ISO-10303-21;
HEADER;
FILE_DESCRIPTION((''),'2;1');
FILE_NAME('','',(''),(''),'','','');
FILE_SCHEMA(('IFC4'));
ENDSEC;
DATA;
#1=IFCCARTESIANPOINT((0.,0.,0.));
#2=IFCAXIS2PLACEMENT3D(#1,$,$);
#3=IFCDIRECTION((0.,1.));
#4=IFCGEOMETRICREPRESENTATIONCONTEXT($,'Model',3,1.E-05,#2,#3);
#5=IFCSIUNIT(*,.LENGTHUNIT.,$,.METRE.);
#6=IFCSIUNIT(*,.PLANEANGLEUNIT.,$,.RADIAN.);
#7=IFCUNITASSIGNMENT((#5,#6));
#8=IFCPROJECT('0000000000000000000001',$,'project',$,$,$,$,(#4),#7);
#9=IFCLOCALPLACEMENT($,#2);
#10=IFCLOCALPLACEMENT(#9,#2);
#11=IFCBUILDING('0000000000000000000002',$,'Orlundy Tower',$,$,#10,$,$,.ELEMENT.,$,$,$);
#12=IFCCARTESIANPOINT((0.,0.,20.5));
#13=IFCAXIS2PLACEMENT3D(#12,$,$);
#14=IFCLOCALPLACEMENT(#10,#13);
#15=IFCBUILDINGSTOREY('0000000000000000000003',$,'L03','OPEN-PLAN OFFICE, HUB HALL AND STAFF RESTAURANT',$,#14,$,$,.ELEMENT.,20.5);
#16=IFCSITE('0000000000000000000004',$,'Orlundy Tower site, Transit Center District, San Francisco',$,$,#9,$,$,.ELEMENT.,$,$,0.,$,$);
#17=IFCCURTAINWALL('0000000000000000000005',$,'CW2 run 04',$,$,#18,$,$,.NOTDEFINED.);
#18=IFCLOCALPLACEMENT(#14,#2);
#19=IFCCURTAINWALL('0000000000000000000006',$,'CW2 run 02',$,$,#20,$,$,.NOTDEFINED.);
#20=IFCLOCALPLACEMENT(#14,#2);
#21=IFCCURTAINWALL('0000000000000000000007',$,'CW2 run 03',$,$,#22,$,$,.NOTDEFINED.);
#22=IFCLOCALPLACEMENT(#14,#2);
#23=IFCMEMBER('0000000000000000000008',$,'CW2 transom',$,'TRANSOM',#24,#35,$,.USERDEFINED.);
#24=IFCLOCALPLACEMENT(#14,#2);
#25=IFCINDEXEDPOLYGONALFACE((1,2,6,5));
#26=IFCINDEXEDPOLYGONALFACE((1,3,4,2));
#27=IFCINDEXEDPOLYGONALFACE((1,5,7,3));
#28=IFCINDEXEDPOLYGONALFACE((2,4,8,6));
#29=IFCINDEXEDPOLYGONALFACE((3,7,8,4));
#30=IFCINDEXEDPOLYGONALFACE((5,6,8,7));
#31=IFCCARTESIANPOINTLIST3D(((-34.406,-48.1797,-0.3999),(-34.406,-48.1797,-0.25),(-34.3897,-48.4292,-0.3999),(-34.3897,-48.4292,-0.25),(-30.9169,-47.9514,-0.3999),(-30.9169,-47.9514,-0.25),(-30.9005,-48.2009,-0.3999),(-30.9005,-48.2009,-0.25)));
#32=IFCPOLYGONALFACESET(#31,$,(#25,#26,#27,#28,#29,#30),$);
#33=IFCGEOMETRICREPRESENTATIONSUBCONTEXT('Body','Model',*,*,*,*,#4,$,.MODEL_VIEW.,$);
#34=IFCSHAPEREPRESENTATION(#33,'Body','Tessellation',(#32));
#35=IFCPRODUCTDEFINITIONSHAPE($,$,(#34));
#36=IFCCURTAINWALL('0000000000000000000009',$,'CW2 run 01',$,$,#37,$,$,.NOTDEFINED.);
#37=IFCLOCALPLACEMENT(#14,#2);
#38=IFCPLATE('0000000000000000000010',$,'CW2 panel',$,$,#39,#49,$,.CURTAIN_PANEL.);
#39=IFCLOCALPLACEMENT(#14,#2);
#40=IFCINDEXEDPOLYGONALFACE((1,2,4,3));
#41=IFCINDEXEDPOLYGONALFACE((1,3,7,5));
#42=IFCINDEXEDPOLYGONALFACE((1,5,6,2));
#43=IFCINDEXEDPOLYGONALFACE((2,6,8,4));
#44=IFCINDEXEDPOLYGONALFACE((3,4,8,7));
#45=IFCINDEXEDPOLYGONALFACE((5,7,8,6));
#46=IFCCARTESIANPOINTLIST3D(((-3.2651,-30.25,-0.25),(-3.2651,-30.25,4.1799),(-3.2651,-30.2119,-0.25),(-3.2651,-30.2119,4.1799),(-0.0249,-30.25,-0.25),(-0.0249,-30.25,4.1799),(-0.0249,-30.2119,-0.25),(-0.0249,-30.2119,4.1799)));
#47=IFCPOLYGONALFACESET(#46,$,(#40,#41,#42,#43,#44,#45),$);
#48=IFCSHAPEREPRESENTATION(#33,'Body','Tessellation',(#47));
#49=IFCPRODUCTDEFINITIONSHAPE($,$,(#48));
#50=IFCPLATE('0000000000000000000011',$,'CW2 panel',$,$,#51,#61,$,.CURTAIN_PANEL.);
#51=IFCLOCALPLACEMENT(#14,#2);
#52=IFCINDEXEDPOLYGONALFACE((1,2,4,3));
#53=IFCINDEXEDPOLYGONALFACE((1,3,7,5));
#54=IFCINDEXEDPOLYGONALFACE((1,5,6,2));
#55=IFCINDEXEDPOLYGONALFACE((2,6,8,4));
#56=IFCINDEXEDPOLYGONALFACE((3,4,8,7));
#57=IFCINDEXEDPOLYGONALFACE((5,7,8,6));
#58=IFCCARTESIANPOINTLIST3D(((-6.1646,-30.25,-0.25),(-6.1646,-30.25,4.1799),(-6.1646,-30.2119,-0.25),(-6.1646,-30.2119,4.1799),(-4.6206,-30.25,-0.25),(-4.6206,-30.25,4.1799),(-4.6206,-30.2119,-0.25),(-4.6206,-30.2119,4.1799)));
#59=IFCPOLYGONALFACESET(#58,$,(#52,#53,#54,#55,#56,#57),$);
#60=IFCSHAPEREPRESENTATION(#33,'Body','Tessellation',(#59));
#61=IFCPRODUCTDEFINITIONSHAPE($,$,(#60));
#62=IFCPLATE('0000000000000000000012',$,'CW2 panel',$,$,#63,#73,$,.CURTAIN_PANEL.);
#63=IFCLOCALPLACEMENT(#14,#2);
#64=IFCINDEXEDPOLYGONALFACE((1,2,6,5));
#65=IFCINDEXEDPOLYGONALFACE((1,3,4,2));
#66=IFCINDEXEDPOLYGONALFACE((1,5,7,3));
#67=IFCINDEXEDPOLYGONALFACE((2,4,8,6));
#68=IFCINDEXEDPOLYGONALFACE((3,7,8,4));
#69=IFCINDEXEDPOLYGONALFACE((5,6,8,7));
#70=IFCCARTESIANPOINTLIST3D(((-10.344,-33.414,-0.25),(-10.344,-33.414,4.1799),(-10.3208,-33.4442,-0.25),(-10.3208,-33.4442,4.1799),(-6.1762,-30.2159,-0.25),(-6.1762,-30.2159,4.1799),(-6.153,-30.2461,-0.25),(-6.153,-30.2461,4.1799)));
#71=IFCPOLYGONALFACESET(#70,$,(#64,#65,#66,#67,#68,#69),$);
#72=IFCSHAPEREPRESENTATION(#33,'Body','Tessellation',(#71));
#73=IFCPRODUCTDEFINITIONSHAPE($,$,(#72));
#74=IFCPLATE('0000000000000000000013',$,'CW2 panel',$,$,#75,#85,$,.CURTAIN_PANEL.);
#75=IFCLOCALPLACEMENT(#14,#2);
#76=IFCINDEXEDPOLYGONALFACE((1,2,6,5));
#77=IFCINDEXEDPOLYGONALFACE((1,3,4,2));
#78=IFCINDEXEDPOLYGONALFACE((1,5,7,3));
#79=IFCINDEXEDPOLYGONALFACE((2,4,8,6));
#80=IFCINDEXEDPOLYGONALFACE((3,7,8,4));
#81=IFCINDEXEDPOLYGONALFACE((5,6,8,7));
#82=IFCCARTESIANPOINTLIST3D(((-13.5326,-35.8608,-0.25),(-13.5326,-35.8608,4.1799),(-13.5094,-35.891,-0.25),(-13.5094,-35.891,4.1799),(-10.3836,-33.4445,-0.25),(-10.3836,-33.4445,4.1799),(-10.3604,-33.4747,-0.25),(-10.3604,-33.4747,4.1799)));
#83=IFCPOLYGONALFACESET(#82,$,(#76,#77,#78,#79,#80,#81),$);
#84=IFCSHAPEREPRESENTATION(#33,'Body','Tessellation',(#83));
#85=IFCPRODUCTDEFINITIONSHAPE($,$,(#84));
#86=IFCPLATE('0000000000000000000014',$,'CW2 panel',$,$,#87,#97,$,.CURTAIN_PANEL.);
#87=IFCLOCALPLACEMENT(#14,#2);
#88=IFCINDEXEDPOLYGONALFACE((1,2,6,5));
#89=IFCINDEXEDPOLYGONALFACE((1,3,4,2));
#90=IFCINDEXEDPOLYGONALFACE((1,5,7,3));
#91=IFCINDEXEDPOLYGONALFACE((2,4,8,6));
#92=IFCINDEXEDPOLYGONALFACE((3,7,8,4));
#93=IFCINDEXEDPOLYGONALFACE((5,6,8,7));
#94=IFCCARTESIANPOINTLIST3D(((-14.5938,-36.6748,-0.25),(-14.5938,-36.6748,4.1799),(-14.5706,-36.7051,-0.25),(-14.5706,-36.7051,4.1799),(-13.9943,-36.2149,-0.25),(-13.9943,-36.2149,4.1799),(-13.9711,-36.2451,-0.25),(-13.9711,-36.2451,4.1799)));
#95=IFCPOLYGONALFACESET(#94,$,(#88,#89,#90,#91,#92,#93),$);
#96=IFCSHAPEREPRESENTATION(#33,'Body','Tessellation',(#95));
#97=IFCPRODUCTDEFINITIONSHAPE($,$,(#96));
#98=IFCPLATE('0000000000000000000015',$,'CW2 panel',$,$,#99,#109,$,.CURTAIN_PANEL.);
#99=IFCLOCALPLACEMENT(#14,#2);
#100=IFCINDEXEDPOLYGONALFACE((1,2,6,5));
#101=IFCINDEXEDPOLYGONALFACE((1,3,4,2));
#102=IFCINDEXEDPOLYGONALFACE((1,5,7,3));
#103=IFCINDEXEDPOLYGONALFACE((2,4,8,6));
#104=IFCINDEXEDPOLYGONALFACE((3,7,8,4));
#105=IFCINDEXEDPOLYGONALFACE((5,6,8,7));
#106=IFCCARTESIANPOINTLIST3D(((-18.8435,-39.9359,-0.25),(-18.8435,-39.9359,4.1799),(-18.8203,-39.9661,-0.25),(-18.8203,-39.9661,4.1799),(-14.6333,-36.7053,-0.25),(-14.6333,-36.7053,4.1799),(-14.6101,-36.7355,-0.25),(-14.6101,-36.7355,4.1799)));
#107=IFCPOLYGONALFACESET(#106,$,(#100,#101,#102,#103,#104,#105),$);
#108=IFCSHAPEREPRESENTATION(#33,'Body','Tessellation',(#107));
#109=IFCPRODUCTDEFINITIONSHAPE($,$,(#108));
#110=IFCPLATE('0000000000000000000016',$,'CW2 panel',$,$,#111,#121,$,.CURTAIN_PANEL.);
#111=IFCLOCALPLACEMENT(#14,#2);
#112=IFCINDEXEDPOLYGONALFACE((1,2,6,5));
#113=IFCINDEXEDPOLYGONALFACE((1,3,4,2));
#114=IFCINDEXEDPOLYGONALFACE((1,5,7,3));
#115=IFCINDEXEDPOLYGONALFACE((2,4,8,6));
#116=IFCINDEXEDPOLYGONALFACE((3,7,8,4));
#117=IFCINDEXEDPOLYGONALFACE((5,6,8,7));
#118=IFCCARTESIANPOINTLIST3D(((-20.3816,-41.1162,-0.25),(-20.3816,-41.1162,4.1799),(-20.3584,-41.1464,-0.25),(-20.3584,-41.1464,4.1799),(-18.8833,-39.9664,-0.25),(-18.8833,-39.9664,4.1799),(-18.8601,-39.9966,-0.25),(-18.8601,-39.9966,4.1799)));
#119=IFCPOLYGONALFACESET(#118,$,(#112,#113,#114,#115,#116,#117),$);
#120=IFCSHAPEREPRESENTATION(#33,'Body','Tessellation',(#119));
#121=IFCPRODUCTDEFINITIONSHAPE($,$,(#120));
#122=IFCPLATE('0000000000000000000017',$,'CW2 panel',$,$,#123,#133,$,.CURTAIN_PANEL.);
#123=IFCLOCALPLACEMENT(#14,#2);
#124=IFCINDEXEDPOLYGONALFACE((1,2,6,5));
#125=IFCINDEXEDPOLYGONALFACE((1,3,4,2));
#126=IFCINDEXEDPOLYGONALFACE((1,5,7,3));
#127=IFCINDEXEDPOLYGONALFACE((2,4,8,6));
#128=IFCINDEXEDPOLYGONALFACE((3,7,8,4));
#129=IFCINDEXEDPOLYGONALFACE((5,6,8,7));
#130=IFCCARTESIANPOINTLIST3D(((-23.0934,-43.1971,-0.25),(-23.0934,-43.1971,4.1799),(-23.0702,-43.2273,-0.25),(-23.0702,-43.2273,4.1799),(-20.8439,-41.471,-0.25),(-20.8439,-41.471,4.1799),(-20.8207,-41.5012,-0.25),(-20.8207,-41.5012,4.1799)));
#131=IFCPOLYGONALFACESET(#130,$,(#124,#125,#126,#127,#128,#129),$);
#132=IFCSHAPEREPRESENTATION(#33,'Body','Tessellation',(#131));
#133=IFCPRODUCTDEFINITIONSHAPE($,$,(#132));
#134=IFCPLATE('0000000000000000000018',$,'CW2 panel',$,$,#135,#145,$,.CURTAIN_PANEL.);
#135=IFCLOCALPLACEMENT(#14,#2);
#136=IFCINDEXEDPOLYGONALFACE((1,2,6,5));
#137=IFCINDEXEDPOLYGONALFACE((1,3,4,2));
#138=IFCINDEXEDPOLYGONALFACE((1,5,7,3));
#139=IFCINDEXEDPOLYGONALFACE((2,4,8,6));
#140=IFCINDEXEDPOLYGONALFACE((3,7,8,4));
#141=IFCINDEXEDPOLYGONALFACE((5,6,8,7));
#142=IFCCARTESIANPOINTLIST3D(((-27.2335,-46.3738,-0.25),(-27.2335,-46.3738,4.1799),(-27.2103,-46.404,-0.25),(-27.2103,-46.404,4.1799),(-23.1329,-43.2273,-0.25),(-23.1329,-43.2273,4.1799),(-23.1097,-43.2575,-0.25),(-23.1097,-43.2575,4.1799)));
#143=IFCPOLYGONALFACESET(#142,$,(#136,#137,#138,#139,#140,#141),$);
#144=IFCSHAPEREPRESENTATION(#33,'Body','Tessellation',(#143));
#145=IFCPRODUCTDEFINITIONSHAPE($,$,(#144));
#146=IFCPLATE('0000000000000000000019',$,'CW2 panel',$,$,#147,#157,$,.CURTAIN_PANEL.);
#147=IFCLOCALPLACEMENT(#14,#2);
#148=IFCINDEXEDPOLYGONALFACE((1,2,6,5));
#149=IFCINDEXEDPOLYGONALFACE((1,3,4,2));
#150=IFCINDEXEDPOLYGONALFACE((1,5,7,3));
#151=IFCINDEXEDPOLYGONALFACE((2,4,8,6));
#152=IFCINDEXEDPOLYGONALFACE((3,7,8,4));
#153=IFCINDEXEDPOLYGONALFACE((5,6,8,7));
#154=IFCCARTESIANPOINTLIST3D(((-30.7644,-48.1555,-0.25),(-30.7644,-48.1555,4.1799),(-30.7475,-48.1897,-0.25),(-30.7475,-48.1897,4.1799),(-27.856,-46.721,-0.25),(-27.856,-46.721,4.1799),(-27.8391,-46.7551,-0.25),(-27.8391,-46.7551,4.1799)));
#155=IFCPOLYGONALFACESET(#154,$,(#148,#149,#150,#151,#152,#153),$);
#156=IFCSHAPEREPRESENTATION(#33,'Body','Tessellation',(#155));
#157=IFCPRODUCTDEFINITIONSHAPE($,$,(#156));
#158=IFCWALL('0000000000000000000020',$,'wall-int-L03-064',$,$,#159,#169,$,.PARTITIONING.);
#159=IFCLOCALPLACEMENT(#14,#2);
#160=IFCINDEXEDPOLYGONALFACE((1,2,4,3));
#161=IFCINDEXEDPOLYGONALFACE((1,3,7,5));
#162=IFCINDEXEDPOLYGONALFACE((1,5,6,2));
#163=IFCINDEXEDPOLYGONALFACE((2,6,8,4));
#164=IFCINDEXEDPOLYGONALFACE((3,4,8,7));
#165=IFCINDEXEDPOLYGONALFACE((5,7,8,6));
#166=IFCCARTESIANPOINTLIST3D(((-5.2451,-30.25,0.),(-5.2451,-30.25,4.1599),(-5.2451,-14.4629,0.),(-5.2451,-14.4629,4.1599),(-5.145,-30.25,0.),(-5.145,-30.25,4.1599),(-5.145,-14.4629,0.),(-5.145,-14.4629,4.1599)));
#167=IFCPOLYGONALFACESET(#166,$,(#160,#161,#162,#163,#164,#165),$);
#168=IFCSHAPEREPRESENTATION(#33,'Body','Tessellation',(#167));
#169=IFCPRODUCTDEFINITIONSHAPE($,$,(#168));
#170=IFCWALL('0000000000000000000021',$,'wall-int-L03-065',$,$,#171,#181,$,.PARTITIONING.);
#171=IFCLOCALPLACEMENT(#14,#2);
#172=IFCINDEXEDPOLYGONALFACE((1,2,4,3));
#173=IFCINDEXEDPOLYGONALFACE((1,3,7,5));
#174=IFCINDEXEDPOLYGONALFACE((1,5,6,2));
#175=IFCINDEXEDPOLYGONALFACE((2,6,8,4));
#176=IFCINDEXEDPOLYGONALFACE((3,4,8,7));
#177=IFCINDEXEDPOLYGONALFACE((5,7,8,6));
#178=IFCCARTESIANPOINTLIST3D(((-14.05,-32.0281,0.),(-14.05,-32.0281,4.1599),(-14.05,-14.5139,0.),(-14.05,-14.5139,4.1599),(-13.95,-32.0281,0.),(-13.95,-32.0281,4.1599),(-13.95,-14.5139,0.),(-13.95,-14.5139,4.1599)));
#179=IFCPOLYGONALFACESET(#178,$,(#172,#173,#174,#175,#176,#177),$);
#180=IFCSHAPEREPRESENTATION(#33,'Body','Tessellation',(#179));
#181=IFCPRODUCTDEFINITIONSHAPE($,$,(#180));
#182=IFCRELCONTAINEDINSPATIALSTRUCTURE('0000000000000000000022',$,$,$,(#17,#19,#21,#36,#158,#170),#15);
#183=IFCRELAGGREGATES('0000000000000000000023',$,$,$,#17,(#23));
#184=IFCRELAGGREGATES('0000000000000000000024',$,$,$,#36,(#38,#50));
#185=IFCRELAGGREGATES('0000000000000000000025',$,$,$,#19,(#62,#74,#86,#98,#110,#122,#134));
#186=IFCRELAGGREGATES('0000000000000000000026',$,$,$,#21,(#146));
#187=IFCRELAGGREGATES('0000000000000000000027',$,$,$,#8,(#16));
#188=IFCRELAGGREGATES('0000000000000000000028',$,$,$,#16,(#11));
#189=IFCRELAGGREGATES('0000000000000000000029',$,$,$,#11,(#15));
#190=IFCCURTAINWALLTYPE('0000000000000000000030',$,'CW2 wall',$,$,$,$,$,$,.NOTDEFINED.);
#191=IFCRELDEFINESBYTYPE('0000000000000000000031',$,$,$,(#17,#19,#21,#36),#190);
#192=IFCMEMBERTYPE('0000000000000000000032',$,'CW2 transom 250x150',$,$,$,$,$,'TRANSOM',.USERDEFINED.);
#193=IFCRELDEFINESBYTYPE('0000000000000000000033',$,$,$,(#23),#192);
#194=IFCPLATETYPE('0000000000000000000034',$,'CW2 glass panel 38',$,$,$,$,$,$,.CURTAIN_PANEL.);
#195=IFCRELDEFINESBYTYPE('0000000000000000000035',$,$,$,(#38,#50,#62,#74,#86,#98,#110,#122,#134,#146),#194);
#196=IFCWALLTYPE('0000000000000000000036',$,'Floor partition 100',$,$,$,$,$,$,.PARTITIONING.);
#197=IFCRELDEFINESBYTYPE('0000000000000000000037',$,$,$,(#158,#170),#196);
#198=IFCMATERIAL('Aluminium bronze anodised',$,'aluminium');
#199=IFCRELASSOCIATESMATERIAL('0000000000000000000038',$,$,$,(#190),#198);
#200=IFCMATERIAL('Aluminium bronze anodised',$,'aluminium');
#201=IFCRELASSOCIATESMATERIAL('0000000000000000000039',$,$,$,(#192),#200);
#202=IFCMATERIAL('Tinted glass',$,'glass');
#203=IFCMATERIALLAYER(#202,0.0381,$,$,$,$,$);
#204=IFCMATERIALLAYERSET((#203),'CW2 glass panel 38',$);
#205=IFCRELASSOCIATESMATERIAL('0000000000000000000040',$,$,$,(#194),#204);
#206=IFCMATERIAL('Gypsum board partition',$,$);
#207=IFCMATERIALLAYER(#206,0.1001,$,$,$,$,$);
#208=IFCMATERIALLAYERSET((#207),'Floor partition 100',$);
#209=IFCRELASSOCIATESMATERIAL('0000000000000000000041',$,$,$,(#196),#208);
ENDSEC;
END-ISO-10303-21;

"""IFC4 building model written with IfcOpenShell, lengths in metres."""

from ifc_helpers import new_model, si_unit, direction, frame, frame_2d, origin, origin_2d, place, context, subcontext, project, spatial, rectangle, extrude, material, layer, layer_set, material_profile, profile_set, type_object, element, aggregate, save


model = new_model("IFC4")

# Units and contexts
model_context = context("Model", 3, precision=1e-05, world=origin(), true_north=direction((0.0, 1.0)))
body_context = subcontext(model_context, "Body", "Model", "MODEL_VIEW")
ifc_project = project(units=[si_unit("LENGTHUNIT", "METRE"), si_unit("PLANEANGLEUNIT", "RADIAN")], contexts=[model_context])

# Site, building, storey
site_placement = place(None, origin())
site = spatial("IfcSite", under=ifc_project, at=site_placement, Name="Orlundy Tower site, Transit Center District, San Francisco", CompositionType="ELEMENT", RefElevation=0.0)
building_placement = place(site_placement, origin())
building = spatial("IfcBuilding", under=site, at=building_placement, Name="Orlundy Tower", CompositionType="ELEMENT")
storey_placement = place(building_placement, frame((0.0, 0.0, 20.5)))
storey = spatial("IfcBuildingStorey", under=building, at=storey_placement, Name="L03", Description="OPEN-PLAN OFFICE, HUB HALL AND STAFF RESTAURANT", CompositionType="ELEMENT", Elevation=20.5)

# Curtain wall
ifc_material_1 = material(Name="Aluminium bronze anodised", Category="aluminium")
curtain_wall_type = type_object("IfcCurtainWallType", Name="CW2 wall", PredefinedType="NOTDEFINED", material=ifc_material_1)
curtain_wall_1_placement = place(storey_placement, origin())
curtain_wall_1 = element("IfcCurtainWall", 1, at=curtain_wall_1_placement, inside=storey, type_object=curtain_wall_type, Name="CW2 run 04", PredefinedType="NOTDEFINED")

# Curtain wall
curtain_wall_2_placement = place(storey_placement, origin())
curtain_wall_2 = element("IfcCurtainWall", 2, at=curtain_wall_2_placement, inside=storey, type_object=curtain_wall_type, Name="CW2 run 02", PredefinedType="NOTDEFINED")
ifc_material_2 = material(Name="Aluminium bronze anodised", Category="aluminium")
ifc_material_profile_1 = material_profile(ifc_material_2, rectangle(XDim=0.25, YDim=0.1499, at=origin_2d()), Name="CW2 transom 250x150")
ifc_profile_set_1 = profile_set([ifc_material_profile_1], Name="Aluminium bronze anodised")
member_type_1 = type_object("IfcMemberType", Name="CW2 transom 250x150", ElementType="TRANSOM", PredefinedType="USERDEFINED", material=ifc_profile_set_1)

# Curtain wall
curtain_wall_3_placement = place(storey_placement, origin())
curtain_wall_3 = element("IfcCurtainWall", 3, at=curtain_wall_3_placement, inside=storey, type_object=curtain_wall_type, Name="CW2 run 03", PredefinedType="NOTDEFINED")

# Member
member_1_placement = place(storey_placement, frame((-30.9087, -48.0762, -0.325), z_axis=(-0.997867, -0.065286, 0.0), x_axis=(0.065286, -0.997867, 0.0)))
member_1 = element("IfcMember", 4, at=member_1_placement, type_object=member_type_1, Name="CW2 transom", ObjectType="TRANSOM", PredefinedType="USERDEFINED", context=body_context, shape_type="SweptSolid", body=[
    extrude(rectangle(XDim=0.25, YDim=0.1499, at=origin_2d()), origin(), (0.0, 0.0, 1.0), 3.4966),
])
aggregate(curtain_wall_1, [member_1])

# Curtain wall, plates
curtain_wall_4_placement = place(storey_placement, origin())
curtain_wall_4 = element("IfcCurtainWall", 5, at=curtain_wall_4_placement, inside=storey, type_object=curtain_wall_type, Name="CW2 run 01", PredefinedType="NOTDEFINED")
ifc_material_3 = material(Name="Tinted glass", Category="glass")
ifc_layer_1 = layer(ifc_material_3, 0.0381)
ifc_layer_set_1 = layer_set([ifc_layer_1], Name="CW2 glass panel 38")
plate_type = type_object("IfcPlateType", Name="CW2 glass panel 38", PredefinedType="CURTAIN_PANEL", material=ifc_layer_set_1)
plate_1_placement = place(storey_placement, frame((-1.645, -30.231, -0.25), z_axis=(0.0, 0.0, 1.0), x_axis=(-1.0, 0.0, 0.0)))
plate_1 = element("IfcPlate", 6, at=plate_1_placement, type_object=plate_type, Name="CW2 panel", PredefinedType="CURTAIN_PANEL", context=body_context, shape_type="SweptSolid", body=[
    extrude(rectangle(XDim=3.2402, YDim=0.0381, at=origin_2d()), origin(), (0.0, 0.0, 1.0), 4.4299),
])
plate_2_placement = place(storey_placement, frame((-5.3926, -30.231, -0.25), z_axis=(0.0, 0.0, 1.0), x_axis=(-1.0, 0.0, 0.0)))
plate_2 = element("IfcPlate", 7, at=plate_2_placement, type_object=plate_type, Name="CW2 panel", PredefinedType="CURTAIN_PANEL", context=body_context, shape_type="SweptSolid", body=[
    extrude(rectangle(XDim=1.5439, YDim=0.0381, at=origin_2d()), origin(), (0.0, 0.0, 1.0), 4.4299),
])
aggregate(curtain_wall_4, [plate_1, plate_2])

# Plates
plate_3_placement = place(storey_placement, frame((-8.2485, -31.8301, -0.25), z_axis=(0.0, 0.0, 1.0), x_axis=(-0.793352, -0.608763, 0.0)))
plate_3 = element("IfcPlate", 8, at=plate_3_placement, type_object=plate_type, Name="CW2 panel", PredefinedType="CURTAIN_PANEL", context=body_context, shape_type="SweptSolid", body=[
    extrude(rectangle(XDim=5.2534, YDim=0.0381, at=origin_2d()), origin(), (0.0, 0.0, 1.0), 4.4299),
])
plate_4_placement = place(storey_placement, frame((-11.9465, -34.6677, -0.25), z_axis=(0.0, 0.0, 1.0), x_axis=(-0.793352, -0.608763, 0.0)))
plate_4 = element("IfcPlate", 9, at=plate_4_placement, type_object=plate_type, Name="CW2 panel", PredefinedType="CURTAIN_PANEL", context=body_context, shape_type="SweptSolid", body=[
    extrude(rectangle(XDim=3.9692, YDim=0.0381, at=origin_2d()), origin(), (0.0, 0.0, 1.0), 4.4299),
])
plate_5_placement = place(storey_placement, frame((-14.2825, -36.46, -0.25), z_axis=(0.0, 0.0, 1.0), x_axis=(-0.793352, -0.608763, 0.0)))
plate_5 = element("IfcPlate", 10, at=plate_5_placement, type_object=plate_type, Name="CW2 panel", PredefinedType="CURTAIN_PANEL", context=body_context, shape_type="SweptSolid", body=[
    extrude(rectangle(XDim=0.7556, YDim=0.0381, at=origin_2d()), origin(), (0.0, 0.0, 1.0), 4.4299),
])
plate_6_placement = place(storey_placement, frame((-16.7268, -38.3357, -0.25), z_axis=(0.0, 0.0, 1.0), x_axis=(-0.793352, -0.608763, 0.0)))
plate_6 = element("IfcPlate", 11, at=plate_6_placement, type_object=plate_type, Name="CW2 panel", PredefinedType="CURTAIN_PANEL", context=body_context, shape_type="SweptSolid", body=[
    extrude(rectangle(XDim=5.3069, YDim=0.0381, at=origin_2d()), origin(), (0.0, 0.0, 1.0), 4.4299),
])
plate_7_placement = place(storey_placement, frame((-19.6208, -40.5564, -0.25), z_axis=(0.0, 0.0, 1.0), x_axis=(-0.793352, -0.608763, 0.0)))
plate_7 = element("IfcPlate", 12, at=plate_7_placement, type_object=plate_type, Name="CW2 panel", PredefinedType="CURTAIN_PANEL", context=body_context, shape_type="SweptSolid", body=[
    extrude(rectangle(XDim=1.8887, YDim=0.0381, at=origin_2d()), origin(), (0.0, 0.0, 1.0), 4.4299),
])
plate_8_placement = place(storey_placement, frame((-21.957, -42.3491, -0.25), z_axis=(0.0, 0.0, 1.0), x_axis=(-0.793352, -0.608763, 0.0)))
plate_8 = element("IfcPlate", 13, at=plate_8_placement, type_object=plate_type, Name="CW2 panel", PredefinedType="CURTAIN_PANEL", context=body_context, shape_type="SweptSolid", body=[
    extrude(rectangle(XDim=2.8354, YDim=0.0381, at=origin_2d()), origin(), (0.0, 0.0, 1.0), 4.4299),
])
plate_9_placement = place(storey_placement, frame((-25.1716, -44.8157, -0.25), z_axis=(0.0, 0.0, 1.0), x_axis=(-0.793352, -0.608763, 0.0)))
plate_9 = element("IfcPlate", 14, at=plate_9_placement, type_object=plate_type, Name="CW2 panel", PredefinedType="CURTAIN_PANEL", context=body_context, shape_type="SweptSolid", body=[
    extrude(rectangle(XDim=5.1687, YDim=0.0381, at=origin_2d()), origin(), (0.0, 0.0, 1.0), 4.4299),
])
aggregate(curtain_wall_2, [plate_3, plate_4, plate_5, plate_6, plate_7, plate_8, plate_9])
plate_10_placement = place(storey_placement, frame((-29.3018, -47.4553, -0.25), z_axis=(0.0, 0.0, 1.0), x_axis=(-0.896842, -0.442352, 0.0)))
plate_10 = element("IfcPlate", 15, at=plate_10_placement, type_object=plate_type, Name="CW2 panel", PredefinedType="CURTAIN_PANEL", context=body_context, shape_type="SweptSolid", body=[
    extrude(rectangle(XDim=3.2429, YDim=0.0381, at=origin_2d()), origin(), (0.0, 0.0, 1.0), 4.4299),
])
aggregate(curtain_wall_3, [plate_10])

# Walls
ifc_material_4 = material(Name="Gypsum board partition")
ifc_layer_2 = layer(ifc_material_4, 0.1001)
ifc_layer_set_2 = layer_set([ifc_layer_2], Name="Floor partition 100")
wall_type = type_object("IfcWallType", Name="Floor partition 100", PredefinedType="PARTITIONING", material=ifc_layer_set_2)
wall_1_placement = place(storey_placement, frame((-5.1951, -30.25, 0.0), z_axis=(0.0, 0.0, 1.0), x_axis=(0.0, 1.0, 0.0)))
element("IfcWall", 16, at=wall_1_placement, inside=storey, type_object=wall_type, Name="wall-int-L03-064", PredefinedType="PARTITIONING", context=body_context, shape_type="SweptSolid", body=[
    extrude(rectangle(XDim=15.7871, YDim=0.1001, at=frame_2d((7.8936, 0.0))), origin(), (0.0, 0.0, 1.0), 4.1599),
])
wall_2_placement = place(storey_placement, frame((-14.0, -32.0281, 0.0), z_axis=(0.0, 0.0, 1.0), x_axis=(0.0, 1.0, 0.0)))
element("IfcWall", 17, at=wall_2_placement, inside=storey, type_object=wall_type, Name="wall-int-L03-065", PredefinedType="PARTITIONING", context=body_context, shape_type="SweptSolid", body=[
    extrude(rectangle(XDim=17.5142, YDim=0.1001, at=frame_2d((8.7571, 0.0))), origin(), (0.0, 0.0, 1.0), 4.1599),
])

save(model, "model.ifc")
